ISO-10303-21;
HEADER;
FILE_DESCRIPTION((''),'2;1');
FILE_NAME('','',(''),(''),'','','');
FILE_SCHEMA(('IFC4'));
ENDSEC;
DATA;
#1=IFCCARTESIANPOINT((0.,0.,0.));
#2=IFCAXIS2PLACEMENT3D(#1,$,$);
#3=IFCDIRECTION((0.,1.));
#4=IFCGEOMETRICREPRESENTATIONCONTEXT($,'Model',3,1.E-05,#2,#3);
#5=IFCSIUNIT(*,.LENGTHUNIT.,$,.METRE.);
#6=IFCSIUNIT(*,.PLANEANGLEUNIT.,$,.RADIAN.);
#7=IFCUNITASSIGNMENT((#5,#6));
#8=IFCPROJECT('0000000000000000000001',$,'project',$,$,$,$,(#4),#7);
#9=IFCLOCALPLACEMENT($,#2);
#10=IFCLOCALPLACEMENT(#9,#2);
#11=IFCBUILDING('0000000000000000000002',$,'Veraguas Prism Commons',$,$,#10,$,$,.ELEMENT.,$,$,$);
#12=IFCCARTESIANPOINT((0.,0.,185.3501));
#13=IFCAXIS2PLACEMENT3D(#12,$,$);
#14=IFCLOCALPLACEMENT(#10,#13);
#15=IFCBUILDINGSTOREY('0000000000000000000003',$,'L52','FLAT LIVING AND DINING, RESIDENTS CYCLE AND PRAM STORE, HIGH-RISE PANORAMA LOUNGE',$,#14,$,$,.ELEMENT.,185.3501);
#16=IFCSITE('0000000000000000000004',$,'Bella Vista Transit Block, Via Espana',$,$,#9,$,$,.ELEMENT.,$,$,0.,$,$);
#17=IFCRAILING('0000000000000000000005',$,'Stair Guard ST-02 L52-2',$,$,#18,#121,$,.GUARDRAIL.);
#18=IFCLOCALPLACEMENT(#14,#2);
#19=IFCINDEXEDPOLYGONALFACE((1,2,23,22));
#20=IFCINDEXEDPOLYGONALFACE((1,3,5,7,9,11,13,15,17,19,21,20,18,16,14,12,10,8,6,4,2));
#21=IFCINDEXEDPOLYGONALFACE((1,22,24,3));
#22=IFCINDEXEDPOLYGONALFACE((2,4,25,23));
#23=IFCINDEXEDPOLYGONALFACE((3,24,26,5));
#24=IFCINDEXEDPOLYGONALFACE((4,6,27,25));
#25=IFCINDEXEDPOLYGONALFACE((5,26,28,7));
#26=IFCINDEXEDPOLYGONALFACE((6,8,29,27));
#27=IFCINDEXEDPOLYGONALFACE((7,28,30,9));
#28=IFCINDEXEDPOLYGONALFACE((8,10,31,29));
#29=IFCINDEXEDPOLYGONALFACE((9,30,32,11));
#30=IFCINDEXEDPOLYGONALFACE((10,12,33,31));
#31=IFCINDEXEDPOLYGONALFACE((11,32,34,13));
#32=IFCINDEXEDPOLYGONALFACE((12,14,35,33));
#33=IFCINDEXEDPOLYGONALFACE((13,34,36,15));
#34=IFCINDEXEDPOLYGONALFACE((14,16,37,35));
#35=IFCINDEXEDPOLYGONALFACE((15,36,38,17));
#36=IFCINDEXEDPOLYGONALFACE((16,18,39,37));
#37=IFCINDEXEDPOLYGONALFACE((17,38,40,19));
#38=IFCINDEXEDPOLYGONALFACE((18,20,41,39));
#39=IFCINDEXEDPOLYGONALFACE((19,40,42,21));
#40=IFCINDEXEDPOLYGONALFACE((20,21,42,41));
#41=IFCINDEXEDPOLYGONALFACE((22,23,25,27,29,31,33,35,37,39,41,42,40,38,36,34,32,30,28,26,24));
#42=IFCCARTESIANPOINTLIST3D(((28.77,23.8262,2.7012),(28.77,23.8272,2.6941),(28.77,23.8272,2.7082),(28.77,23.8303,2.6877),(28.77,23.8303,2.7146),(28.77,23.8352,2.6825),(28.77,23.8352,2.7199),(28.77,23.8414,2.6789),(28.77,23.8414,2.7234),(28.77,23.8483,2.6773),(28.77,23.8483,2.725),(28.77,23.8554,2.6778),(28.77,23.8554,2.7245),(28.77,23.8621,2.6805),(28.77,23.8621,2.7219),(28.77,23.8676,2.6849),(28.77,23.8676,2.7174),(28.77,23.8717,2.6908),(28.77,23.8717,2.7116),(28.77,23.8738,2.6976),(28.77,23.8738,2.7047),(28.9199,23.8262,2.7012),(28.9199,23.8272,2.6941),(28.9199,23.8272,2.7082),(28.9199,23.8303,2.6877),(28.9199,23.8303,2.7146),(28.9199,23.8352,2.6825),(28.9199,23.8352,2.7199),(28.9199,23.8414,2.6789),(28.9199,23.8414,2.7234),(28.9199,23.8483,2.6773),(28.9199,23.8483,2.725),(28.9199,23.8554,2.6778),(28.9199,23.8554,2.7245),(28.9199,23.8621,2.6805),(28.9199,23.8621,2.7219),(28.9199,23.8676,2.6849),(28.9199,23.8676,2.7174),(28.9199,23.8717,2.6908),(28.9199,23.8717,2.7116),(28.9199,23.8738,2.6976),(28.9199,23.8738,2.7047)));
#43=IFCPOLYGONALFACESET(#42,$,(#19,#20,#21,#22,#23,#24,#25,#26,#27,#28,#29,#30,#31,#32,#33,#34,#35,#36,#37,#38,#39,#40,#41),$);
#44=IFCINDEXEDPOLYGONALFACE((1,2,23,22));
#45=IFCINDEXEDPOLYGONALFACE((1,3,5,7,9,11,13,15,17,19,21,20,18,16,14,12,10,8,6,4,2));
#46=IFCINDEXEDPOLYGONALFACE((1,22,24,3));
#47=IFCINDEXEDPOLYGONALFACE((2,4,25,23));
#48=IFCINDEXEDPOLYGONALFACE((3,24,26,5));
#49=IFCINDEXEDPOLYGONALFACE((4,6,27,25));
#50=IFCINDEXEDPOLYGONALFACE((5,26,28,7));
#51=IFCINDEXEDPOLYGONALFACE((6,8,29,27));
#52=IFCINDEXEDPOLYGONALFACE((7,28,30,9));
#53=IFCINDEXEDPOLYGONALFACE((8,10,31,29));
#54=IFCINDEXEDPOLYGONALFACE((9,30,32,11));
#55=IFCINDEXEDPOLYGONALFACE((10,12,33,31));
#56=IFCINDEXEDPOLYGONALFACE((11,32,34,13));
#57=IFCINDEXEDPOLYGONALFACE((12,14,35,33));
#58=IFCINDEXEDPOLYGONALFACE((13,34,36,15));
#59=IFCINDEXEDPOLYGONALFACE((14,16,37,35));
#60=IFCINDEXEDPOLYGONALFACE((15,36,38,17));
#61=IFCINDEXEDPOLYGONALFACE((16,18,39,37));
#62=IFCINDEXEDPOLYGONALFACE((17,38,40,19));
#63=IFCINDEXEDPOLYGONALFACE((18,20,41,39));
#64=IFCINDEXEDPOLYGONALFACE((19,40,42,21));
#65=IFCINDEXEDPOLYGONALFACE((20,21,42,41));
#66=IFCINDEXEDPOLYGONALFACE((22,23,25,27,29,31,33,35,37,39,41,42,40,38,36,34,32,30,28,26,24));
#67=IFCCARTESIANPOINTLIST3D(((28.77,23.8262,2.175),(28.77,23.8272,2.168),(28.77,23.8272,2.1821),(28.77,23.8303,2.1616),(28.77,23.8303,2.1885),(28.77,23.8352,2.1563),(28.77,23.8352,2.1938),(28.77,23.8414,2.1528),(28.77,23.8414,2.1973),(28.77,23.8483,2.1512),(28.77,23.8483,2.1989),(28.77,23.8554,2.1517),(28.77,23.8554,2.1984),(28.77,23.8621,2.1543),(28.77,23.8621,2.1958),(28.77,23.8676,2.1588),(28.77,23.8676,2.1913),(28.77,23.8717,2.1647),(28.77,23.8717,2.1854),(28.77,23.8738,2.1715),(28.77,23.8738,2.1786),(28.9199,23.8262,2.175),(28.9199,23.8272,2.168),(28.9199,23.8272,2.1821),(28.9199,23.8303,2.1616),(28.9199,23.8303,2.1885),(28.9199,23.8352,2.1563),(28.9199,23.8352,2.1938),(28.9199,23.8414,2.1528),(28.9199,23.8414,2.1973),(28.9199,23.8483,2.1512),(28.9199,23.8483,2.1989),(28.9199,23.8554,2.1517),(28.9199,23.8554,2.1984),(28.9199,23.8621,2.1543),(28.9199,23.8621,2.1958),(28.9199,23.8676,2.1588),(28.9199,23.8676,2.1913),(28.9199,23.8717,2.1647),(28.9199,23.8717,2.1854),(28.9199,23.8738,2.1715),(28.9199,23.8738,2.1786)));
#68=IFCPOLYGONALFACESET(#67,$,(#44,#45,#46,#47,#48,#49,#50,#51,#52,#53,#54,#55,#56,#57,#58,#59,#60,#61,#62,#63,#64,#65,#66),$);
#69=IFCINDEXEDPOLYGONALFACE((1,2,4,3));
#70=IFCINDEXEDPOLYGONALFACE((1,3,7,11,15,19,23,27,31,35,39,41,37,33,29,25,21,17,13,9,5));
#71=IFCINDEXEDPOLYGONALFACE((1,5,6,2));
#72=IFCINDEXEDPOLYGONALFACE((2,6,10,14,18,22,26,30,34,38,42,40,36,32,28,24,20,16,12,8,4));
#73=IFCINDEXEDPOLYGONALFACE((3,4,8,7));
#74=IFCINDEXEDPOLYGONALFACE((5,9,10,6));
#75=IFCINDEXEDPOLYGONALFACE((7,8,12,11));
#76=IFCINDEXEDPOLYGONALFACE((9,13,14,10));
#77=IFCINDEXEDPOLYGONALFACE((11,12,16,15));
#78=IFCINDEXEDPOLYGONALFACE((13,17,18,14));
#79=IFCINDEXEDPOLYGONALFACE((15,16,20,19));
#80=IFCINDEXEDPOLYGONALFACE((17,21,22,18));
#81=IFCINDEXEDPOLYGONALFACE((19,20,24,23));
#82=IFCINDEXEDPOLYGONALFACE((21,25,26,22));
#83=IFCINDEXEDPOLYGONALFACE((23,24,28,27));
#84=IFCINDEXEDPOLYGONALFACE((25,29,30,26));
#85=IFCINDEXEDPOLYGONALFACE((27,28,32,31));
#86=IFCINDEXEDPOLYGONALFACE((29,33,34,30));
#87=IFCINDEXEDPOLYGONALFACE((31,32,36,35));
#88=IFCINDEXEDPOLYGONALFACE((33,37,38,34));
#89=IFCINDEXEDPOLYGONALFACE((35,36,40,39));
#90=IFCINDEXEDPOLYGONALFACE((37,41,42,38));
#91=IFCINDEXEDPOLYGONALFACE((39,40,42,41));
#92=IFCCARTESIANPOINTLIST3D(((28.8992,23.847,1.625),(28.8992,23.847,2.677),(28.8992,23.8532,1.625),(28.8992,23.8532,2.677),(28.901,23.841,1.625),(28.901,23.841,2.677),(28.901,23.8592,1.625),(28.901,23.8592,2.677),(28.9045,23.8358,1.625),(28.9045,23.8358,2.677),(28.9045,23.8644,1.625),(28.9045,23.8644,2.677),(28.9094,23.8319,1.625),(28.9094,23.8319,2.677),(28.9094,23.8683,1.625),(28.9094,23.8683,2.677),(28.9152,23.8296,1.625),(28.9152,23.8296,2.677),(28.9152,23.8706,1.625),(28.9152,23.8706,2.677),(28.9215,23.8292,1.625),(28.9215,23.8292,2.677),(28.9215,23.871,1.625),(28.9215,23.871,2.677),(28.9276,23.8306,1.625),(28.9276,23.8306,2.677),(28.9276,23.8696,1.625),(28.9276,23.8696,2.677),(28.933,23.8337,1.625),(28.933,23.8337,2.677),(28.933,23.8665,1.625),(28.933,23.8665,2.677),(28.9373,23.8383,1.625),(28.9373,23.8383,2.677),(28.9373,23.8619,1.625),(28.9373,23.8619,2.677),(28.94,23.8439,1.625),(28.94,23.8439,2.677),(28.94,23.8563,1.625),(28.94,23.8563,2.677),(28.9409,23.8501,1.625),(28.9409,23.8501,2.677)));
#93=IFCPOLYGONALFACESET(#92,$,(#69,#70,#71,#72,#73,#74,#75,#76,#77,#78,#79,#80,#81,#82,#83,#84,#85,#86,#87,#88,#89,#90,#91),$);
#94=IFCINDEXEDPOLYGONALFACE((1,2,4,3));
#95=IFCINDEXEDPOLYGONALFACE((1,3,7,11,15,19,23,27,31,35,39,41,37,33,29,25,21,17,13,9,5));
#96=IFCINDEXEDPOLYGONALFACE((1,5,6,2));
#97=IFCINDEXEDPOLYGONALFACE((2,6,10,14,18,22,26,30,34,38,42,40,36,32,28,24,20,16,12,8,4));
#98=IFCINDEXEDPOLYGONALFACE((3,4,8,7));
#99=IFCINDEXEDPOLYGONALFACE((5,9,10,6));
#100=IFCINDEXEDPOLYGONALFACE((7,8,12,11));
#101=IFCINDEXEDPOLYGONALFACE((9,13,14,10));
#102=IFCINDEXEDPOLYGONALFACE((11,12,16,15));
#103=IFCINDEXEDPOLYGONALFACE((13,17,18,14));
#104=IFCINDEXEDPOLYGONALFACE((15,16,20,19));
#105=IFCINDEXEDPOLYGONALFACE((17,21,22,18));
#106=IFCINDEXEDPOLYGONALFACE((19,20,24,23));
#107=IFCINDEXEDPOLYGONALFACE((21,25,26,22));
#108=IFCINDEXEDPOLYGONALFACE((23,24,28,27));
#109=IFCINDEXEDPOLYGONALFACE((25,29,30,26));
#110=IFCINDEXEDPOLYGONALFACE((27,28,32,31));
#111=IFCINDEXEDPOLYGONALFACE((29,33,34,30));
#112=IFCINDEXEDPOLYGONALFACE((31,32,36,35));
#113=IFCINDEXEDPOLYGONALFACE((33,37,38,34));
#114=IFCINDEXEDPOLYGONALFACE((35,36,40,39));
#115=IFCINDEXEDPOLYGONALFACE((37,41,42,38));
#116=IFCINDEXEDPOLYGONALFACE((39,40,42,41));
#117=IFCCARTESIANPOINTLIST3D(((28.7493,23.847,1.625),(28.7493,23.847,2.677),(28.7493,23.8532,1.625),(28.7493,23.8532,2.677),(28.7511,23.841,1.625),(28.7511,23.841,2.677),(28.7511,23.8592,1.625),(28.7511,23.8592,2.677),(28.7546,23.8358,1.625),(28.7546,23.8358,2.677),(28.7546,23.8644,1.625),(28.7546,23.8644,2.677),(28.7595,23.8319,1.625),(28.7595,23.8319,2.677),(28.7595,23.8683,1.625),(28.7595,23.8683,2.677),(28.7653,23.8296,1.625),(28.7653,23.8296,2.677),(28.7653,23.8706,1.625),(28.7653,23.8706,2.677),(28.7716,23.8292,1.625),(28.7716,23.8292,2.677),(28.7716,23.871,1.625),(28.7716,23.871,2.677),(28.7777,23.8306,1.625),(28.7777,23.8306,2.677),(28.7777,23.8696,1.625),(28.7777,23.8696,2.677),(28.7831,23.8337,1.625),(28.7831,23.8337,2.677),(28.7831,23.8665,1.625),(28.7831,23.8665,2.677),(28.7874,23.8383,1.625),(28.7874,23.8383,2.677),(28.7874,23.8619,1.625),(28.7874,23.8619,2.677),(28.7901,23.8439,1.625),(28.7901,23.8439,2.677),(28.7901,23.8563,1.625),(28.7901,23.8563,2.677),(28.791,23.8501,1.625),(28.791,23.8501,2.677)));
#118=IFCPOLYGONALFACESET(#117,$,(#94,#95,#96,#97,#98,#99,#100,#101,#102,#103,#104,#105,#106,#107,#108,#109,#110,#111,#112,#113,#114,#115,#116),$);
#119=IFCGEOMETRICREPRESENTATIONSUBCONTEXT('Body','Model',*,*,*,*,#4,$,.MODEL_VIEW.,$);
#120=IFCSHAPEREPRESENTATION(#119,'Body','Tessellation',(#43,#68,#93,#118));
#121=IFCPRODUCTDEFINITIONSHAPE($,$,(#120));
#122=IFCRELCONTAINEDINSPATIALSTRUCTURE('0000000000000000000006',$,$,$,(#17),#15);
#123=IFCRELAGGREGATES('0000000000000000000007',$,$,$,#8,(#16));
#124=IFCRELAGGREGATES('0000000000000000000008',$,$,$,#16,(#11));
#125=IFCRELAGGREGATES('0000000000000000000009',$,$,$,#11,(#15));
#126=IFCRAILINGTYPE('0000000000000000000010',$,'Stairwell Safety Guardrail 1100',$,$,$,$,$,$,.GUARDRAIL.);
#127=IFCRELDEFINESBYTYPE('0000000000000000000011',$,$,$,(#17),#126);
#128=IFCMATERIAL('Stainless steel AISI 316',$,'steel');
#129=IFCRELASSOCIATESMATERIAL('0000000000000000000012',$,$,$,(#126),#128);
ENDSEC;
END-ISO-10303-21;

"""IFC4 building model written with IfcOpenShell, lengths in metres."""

from ifc_helpers import new_model, si_unit, direction, frame, origin, origin_2d, place, context, subcontext, project, spatial, circle, extrude, material, type_object, element, save


model = new_model("IFC4")

# Units and contexts
model_context = context("Model", 3, precision=1e-05, world=origin(), true_north=direction((0.0, 1.0)))
body_context = subcontext(model_context, "Body", "Model", "MODEL_VIEW")
ifc_project = project(units=[si_unit("LENGTHUNIT", "METRE"), si_unit("PLANEANGLEUNIT", "RADIAN")], contexts=[model_context])

# Site, building, storey
site_placement = place(None, origin())
site = spatial("IfcSite", under=ifc_project, at=site_placement, Name="Bella Vista Transit Block, Via Espana", CompositionType="ELEMENT", RefElevation=0.0)
building_placement = place(site_placement, origin())
building = spatial("IfcBuilding", under=site, at=building_placement, Name="Veraguas Prism Commons", CompositionType="ELEMENT")
storey_placement = place(building_placement, frame((0.0, 0.0, 185.3501)))
storey = spatial("IfcBuildingStorey", under=building, at=storey_placement, Name="L52", Description="FLAT LIVING AND DINING, RESIDENTS CYCLE AND PRAM STORE, HIGH-RISE PANORAMA LOUNGE", CompositionType="ELEMENT", Elevation=185.3501)

# Railing
ifc_material_1 = material(Name="Stainless steel AISI 316", Category="steel")
railing_type_1 = type_object("IfcRailingType", Name="Stairwell Safety Guardrail 1100", PredefinedType="GUARDRAIL", material=ifc_material_1)
railing_1_placement = place(storey_placement, frame((28.9199, 23.8501, 1.625)))
element("IfcRailing", 1, at=railing_1_placement, inside=storey, type_object=railing_type_1, Name="Stair Guard ST-02 L52-2", PredefinedType="GUARDRAIL", context=body_context, shape_type="SweptSolid", body=[
    extrude(circle(Radius=0.0239, at=origin_2d()), frame((0.0, 0.0, 1.0762), z_axis=(-1.0, 0.0, 0.0), x_axis=(0.0, -1.0, 0.0)), (0.0, 0.0, 1.0), 0.1499),
    extrude(circle(Radius=0.0239, at=origin_2d()), frame((0.0, 0.0, 0.55), z_axis=(-1.0, 0.0, 0.0), x_axis=(0.0, -1.0, 0.0)), (0.0, 0.0, 1.0), 0.1499),
    extrude(circle(Radius=0.021, at=origin_2d()), origin(), (0.0, 0.0, 1.0), 1.052),
    extrude(circle(Radius=0.021, at=origin_2d()), frame((-0.1499, 0.0, 0.0)), (0.0, 0.0, 1.0), 1.052),
])

save(model, "model.ifc")
